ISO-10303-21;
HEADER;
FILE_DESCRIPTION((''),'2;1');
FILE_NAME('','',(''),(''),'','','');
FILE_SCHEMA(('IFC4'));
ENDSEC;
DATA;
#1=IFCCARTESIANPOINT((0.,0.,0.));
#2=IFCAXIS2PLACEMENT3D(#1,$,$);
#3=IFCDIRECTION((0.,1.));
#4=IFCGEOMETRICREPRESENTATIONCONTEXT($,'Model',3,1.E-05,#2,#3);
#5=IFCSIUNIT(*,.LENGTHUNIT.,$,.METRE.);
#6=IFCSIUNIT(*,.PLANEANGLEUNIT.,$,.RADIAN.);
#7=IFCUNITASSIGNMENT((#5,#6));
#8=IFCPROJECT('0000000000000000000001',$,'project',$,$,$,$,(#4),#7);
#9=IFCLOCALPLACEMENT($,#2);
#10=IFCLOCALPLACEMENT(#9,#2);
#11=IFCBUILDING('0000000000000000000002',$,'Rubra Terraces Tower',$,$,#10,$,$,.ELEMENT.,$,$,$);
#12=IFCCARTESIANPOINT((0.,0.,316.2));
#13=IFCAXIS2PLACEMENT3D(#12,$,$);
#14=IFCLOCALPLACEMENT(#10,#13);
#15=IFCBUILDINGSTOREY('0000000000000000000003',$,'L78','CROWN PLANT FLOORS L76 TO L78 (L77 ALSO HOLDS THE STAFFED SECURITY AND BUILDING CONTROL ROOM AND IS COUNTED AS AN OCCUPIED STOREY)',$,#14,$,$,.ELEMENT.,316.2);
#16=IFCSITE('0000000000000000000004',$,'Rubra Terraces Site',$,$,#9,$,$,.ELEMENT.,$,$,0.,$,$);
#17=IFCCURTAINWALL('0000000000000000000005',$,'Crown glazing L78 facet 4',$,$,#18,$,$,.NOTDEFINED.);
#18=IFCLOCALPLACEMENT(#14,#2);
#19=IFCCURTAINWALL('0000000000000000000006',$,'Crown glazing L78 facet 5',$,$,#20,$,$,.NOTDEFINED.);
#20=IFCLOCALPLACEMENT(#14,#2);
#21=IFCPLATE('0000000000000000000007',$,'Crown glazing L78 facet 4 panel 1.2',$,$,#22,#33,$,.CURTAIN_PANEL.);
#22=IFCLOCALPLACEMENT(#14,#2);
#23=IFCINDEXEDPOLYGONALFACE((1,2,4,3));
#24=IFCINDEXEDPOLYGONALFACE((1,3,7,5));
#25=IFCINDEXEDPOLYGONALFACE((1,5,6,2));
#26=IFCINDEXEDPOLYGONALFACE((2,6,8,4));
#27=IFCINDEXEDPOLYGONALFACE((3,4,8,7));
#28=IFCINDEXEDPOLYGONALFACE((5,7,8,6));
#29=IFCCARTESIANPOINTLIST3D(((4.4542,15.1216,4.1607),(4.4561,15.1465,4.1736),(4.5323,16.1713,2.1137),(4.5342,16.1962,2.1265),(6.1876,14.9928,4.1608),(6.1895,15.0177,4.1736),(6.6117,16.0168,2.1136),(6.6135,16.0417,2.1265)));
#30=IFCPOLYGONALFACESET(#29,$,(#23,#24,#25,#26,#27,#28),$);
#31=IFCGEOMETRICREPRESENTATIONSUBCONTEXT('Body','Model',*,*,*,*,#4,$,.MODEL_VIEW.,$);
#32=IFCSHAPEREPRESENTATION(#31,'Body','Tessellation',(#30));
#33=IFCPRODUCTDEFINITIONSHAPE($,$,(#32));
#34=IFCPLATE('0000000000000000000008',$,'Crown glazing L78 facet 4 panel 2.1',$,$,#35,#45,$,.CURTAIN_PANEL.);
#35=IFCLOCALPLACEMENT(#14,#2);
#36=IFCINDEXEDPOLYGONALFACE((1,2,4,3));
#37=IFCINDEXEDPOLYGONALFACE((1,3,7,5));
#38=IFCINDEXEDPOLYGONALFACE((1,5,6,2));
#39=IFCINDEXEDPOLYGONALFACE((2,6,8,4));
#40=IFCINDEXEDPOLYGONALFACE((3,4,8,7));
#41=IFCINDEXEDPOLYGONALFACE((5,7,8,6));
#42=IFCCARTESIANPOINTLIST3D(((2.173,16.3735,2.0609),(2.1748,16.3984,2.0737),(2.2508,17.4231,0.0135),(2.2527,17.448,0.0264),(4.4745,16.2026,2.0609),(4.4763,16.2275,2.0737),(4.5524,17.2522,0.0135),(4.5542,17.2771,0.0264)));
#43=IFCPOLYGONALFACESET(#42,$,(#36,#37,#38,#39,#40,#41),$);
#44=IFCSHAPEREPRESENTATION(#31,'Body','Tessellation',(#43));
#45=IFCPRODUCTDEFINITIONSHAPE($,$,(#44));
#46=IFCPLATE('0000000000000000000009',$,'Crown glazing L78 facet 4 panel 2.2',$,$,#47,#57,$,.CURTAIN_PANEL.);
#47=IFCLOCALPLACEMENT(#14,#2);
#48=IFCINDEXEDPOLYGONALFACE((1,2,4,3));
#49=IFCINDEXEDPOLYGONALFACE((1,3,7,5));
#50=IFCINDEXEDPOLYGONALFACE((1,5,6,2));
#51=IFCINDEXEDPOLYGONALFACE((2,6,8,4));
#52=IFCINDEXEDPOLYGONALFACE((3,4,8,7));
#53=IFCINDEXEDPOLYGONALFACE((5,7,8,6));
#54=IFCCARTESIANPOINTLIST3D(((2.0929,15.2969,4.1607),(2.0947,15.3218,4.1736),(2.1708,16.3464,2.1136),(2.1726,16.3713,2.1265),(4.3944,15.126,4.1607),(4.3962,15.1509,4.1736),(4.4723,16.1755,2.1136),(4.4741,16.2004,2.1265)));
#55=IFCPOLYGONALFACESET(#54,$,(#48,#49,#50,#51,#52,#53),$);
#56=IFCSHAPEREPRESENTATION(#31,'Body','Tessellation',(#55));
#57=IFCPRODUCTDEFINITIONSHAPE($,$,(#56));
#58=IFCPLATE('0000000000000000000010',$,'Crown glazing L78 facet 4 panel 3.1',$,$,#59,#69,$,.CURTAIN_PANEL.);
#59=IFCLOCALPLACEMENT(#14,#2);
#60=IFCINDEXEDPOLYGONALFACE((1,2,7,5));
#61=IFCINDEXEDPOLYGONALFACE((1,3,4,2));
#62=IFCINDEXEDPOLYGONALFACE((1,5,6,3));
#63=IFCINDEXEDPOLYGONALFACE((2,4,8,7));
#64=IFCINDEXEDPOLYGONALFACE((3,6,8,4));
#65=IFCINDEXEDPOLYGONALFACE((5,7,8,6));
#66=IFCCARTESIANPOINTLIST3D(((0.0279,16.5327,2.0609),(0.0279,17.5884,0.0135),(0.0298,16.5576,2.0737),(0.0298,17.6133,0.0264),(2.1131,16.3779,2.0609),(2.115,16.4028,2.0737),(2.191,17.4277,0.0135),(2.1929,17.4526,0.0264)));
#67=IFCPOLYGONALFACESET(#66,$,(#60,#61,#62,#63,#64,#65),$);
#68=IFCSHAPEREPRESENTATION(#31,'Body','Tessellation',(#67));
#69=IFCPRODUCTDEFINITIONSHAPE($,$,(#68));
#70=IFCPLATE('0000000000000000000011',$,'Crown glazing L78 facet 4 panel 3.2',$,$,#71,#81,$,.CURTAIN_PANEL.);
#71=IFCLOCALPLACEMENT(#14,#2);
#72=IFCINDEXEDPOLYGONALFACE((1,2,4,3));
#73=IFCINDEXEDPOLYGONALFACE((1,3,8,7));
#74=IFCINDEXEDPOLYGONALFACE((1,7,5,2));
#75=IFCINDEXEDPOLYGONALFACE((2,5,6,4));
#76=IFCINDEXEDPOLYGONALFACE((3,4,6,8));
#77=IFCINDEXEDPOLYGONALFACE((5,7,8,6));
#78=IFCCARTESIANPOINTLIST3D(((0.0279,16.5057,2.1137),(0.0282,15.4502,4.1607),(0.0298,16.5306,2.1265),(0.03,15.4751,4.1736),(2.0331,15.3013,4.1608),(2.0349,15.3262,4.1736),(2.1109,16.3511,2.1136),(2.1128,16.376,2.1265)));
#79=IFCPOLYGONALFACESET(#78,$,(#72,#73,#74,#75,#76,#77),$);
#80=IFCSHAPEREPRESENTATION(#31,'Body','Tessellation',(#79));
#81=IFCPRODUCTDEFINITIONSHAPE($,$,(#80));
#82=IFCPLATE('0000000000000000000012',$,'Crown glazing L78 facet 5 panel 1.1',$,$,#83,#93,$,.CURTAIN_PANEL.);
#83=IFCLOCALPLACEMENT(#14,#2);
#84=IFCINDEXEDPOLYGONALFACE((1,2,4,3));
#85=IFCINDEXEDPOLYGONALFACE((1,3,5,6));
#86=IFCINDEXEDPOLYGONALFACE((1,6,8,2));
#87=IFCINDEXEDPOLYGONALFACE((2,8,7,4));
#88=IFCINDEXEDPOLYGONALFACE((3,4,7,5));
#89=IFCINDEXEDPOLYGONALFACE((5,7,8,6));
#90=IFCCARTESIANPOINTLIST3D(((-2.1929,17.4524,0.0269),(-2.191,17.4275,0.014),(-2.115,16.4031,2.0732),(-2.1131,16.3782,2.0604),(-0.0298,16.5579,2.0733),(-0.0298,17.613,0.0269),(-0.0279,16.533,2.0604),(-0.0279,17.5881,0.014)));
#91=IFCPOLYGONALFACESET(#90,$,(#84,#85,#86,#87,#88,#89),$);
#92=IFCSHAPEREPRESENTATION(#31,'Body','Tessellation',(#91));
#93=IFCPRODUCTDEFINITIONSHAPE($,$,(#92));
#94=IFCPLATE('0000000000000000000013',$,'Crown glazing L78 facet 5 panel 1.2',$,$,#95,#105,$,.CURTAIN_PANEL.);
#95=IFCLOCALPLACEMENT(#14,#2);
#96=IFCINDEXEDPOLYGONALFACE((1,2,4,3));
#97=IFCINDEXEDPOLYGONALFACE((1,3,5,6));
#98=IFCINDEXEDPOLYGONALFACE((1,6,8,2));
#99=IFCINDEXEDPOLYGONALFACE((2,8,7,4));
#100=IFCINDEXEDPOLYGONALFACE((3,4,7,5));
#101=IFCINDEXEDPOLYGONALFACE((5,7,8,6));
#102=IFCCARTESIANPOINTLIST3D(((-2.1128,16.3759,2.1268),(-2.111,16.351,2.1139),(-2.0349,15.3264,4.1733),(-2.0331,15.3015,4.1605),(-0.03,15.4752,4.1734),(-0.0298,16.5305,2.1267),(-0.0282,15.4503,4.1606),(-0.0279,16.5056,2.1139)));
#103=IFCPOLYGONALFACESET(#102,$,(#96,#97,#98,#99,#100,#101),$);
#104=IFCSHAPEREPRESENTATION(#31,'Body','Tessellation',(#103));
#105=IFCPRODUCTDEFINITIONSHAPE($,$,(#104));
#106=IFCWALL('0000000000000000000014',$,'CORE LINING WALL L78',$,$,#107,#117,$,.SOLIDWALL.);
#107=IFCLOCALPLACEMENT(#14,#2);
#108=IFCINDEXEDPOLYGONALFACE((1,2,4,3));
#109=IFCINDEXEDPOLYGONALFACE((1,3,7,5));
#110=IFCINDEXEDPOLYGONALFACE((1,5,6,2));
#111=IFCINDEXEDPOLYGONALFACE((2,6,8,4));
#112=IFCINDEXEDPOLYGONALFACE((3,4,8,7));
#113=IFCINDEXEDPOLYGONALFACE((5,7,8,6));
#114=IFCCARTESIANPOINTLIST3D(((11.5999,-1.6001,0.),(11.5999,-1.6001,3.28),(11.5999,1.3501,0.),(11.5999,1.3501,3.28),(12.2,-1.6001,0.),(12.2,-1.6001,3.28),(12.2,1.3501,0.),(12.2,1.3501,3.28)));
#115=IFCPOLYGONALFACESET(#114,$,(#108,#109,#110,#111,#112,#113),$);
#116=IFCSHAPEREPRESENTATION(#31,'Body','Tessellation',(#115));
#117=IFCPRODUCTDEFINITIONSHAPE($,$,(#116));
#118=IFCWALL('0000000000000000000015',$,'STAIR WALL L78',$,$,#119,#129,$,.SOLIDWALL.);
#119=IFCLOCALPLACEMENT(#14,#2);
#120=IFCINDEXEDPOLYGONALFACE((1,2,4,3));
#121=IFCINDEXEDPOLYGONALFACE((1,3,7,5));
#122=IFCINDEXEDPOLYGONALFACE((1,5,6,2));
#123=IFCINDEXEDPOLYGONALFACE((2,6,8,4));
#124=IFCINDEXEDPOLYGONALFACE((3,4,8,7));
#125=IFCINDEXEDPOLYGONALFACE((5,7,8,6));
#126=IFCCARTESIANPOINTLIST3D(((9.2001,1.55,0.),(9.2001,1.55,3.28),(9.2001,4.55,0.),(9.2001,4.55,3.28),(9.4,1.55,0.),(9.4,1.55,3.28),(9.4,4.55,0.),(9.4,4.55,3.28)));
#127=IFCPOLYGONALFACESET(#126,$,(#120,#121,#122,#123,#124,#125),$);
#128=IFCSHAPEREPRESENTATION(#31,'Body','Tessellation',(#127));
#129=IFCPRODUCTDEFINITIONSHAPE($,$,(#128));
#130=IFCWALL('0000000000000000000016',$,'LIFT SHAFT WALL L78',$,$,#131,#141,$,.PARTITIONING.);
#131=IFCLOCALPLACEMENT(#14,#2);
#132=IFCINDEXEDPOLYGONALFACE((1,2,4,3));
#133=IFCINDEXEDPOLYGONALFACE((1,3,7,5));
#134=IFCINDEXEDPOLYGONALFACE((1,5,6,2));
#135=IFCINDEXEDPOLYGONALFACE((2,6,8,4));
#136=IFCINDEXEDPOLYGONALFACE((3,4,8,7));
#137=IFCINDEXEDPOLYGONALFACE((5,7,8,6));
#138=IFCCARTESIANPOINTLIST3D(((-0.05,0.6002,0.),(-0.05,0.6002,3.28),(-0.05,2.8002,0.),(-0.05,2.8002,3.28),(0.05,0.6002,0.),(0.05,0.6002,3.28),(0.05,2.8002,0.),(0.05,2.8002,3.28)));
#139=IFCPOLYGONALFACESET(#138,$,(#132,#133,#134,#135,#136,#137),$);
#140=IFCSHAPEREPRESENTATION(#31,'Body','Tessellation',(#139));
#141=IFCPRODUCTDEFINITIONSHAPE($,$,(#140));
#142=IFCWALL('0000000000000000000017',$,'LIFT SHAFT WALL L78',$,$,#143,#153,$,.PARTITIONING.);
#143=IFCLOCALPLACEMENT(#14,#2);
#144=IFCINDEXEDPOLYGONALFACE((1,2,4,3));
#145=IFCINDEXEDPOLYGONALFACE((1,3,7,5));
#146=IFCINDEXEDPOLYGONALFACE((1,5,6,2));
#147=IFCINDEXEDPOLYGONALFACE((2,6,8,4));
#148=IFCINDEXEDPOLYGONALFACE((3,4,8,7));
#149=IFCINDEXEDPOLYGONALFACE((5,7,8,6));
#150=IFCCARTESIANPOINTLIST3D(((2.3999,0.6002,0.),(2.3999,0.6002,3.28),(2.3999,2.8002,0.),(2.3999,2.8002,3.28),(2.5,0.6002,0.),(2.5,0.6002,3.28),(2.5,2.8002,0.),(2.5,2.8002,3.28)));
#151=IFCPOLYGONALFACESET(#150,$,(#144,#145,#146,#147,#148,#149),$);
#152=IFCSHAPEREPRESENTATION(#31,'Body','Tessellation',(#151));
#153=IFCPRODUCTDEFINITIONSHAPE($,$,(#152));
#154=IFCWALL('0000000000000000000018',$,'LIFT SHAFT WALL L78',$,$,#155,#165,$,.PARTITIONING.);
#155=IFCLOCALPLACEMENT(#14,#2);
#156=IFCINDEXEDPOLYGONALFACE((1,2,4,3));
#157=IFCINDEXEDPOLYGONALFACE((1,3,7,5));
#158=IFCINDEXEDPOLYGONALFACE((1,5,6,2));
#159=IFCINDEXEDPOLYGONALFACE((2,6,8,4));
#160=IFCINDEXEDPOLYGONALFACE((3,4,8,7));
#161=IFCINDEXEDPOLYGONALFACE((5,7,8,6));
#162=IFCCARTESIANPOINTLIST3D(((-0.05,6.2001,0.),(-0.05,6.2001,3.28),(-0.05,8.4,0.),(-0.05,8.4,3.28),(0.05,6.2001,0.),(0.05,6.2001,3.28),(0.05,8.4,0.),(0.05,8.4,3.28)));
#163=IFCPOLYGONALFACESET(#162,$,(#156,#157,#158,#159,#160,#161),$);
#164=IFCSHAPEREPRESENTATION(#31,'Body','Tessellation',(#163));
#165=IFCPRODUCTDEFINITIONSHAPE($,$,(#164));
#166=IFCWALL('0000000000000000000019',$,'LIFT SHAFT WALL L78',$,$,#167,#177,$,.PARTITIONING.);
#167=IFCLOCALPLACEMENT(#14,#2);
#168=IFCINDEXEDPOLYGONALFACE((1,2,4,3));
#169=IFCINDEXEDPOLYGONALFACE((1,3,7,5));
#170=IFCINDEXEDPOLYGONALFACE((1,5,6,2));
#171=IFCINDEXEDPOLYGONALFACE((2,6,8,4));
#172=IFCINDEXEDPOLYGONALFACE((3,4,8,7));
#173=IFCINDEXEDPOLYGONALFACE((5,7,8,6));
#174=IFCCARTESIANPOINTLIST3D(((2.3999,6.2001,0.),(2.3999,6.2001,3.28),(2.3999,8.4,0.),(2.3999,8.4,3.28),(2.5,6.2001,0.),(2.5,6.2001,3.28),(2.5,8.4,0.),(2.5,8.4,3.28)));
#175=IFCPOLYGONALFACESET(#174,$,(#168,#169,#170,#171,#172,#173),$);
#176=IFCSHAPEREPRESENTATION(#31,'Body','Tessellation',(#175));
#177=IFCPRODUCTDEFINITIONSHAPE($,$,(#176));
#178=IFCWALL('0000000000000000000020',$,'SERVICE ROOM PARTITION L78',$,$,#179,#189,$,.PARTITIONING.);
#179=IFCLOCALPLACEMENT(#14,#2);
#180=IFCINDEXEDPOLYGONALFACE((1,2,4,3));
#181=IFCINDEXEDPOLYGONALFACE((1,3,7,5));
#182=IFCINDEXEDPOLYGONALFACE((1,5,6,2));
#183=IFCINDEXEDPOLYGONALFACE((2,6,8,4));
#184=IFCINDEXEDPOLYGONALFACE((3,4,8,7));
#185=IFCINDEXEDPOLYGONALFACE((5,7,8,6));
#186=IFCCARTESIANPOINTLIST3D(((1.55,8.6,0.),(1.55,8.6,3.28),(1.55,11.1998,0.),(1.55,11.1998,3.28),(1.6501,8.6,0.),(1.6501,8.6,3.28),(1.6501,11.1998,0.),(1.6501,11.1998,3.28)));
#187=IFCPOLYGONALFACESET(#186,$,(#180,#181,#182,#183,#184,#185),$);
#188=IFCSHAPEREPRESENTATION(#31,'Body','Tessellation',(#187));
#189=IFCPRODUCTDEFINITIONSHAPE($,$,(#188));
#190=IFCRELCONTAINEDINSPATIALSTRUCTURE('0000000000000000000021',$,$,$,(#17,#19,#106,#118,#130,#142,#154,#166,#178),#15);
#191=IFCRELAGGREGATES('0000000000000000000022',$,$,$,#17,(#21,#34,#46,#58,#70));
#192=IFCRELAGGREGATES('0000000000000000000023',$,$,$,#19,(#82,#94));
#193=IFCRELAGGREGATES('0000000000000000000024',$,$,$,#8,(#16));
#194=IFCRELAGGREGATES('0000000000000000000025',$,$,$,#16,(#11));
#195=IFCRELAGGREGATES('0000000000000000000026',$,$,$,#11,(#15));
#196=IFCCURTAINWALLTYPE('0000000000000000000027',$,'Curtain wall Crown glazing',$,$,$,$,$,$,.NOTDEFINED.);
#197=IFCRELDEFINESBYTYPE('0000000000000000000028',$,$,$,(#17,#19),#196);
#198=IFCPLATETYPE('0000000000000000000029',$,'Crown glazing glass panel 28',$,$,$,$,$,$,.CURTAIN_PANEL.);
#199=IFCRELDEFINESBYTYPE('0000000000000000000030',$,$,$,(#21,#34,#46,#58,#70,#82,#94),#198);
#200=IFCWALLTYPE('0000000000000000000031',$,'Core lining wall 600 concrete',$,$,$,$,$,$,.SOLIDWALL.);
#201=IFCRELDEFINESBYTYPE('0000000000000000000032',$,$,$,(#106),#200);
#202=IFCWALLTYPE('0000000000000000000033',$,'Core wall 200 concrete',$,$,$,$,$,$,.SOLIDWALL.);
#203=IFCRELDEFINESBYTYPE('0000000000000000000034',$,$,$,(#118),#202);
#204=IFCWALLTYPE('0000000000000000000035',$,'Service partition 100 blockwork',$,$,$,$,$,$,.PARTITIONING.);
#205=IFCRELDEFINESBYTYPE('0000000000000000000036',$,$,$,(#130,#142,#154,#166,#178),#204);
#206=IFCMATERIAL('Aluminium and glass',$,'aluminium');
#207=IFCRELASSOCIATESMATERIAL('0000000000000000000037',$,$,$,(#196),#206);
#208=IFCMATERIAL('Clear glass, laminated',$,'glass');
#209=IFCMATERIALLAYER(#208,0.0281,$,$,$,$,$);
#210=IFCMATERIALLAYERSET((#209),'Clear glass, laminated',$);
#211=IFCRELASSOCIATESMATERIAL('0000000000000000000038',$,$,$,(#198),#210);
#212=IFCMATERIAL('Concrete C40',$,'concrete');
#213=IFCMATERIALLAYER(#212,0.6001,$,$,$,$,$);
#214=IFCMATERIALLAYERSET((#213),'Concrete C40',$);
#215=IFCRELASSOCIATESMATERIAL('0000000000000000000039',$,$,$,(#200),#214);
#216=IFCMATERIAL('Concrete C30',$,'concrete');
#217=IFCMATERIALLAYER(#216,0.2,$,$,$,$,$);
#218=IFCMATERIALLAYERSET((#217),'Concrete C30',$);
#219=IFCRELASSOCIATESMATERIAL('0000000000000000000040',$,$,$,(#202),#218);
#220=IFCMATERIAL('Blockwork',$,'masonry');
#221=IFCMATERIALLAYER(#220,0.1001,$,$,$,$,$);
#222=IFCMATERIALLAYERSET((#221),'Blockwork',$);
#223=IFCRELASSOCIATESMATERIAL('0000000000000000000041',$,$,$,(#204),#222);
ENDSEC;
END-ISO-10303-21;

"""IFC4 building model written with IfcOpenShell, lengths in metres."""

from ifc_helpers import new_model, si_unit, direction, frame, frame_2d, origin, place, context, subcontext, project, spatial, polyline, rectangle, outline, extrude, material, layer, layer_set, type_object, element, aggregate, save


model = new_model("IFC4")

# Units and contexts
model_context = context("Model", 3, precision=1e-05, world=origin(), true_north=direction((0.0, 1.0)))
body_context = subcontext(model_context, "Body", "Model", "MODEL_VIEW")
ifc_project = project(units=[si_unit("LENGTHUNIT", "METRE"), si_unit("PLANEANGLEUNIT", "RADIAN")], contexts=[model_context])

# Site, building, storey
site_placement = place(None, origin())
site = spatial("IfcSite", under=ifc_project, at=site_placement, Name="Rubra Terraces Site", CompositionType="ELEMENT", RefElevation=0.0)
building_placement = place(site_placement, origin())
building = spatial("IfcBuilding", under=site, at=building_placement, Name="Rubra Terraces Tower", CompositionType="ELEMENT")
storey_placement = place(building_placement, frame((0.0, 0.0, 316.2)))
storey = spatial("IfcBuildingStorey", under=building, at=storey_placement, Name="L78", Description="CROWN PLANT FLOORS L76 TO L78 (L77 ALSO HOLDS THE STAFFED SECURITY AND BUILDING CONTROL ROOM AND IS COUNTED AS AN OCCUPIED STOREY)", CompositionType="ELEMENT", Elevation=316.2)

# Curtain walls
ifc_material_1 = material(Name="Aluminium and glass", Category="aluminium")
curtain_wall_type = type_object("IfcCurtainWallType", Name="Curtain wall Crown glazing", PredefinedType="NOTDEFINED", material=ifc_material_1)
curtain_wall_1_placement = place(storey_placement, origin())
curtain_wall_1 = element("IfcCurtainWall", 1, at=curtain_wall_1_placement, inside=storey, type_object=curtain_wall_type, Name="Crown glazing L78 facet 4", PredefinedType="NOTDEFINED")
curtain_wall_2_placement = place(storey_placement, origin())
curtain_wall_2 = element("IfcCurtainWall", 2, at=curtain_wall_2_placement, inside=storey, type_object=curtain_wall_type, Name="Crown glazing L78 facet 5", PredefinedType="NOTDEFINED")

# Plates
ifc_material_2 = material(Name="Clear glass, laminated", Category="glass")
ifc_layer_1 = layer(ifc_material_2, 0.0281)
ifc_layer_set_1 = layer_set([ifc_layer_1], Name="Clear glass, laminated")
plate_type = type_object("IfcPlateType", Name="Crown glazing glass panel 28", PredefinedType="CURTAIN_PANEL", material=ifc_layer_set_1)
plate_1_placement = place(storey_placement, frame((6.6135, 16.0417, 2.1265), z_axis=(0.065876, 0.886878, 0.457284), x_axis=(-0.997254, 0.074059, 0.00003)))
plate_1 = element("IfcPlate", 3, at=plate_1_placement, type_object=plate_type, Name="Crown glazing L78 facet 4 panel 1.2", PredefinedType="CURTAIN_PANEL", context=body_context, shape_type="SweptSolid", body=[
    extrude(outline(polyline([(0.0, 0.0), (2.0851, 0.0), (2.0853, 2.3018), (0.3471, 2.3019), (0.0, 0.0)])), origin(), (0.0, 0.0, -1.0), 0.0281),
])
plate_2_placement = place(storey_placement, frame((4.5542, 17.2771, 0.0264), z_axis=(0.065859, 0.886931, 0.457182), x_axis=(-0.997254, 0.074051, 0.0)))
plate_2 = element("IfcPlate", 4, at=plate_2_placement, type_object=plate_type, Name="Crown glazing L78 facet 4 panel 2.1", PredefinedType="CURTAIN_PANEL", context=body_context, shape_type="SweptSolid", body=[
    extrude(outline(polyline([(0.0, 0.0), (2.3078, 0.0), (2.3078, 2.302), (-0.0001, 2.302), (0.0, 0.0)])), origin(), (0.0, 0.0, -1.0), 0.0281),
])
plate_3_placement = place(storey_placement, frame((4.4741, 16.2004, 2.1265), z_axis=(0.065857, 0.886909, 0.457225), x_axis=(-0.997254, 0.074051, 0.0)))
plate_3 = element("IfcPlate", 5, at=plate_3_placement, type_object=plate_type, Name="Crown glazing L78 facet 4 panel 2.2", PredefinedType="CURTAIN_PANEL", context=body_context, shape_type="SweptSolid", body=[
    extrude(outline(polyline([(0.0, 0.0), (2.3078, 0.0), (2.3078, 2.3018), (-0.0001, 2.3018), (0.0, 0.0)])), origin(), (0.0, 0.0, -1.0), 0.0281),
])
plate_4_placement = place(storey_placement, frame((2.1929, 17.4526, 0.0264), z_axis=(0.06585, 0.886882, 0.457279), x_axis=(-0.997255, 0.074048, -0.000007)))
plate_4 = element("IfcPlate", 6, at=plate_4_placement, type_object=plate_type, Name="Crown glazing L78 facet 4 panel 3.1", PredefinedType="CURTAIN_PANEL", context=body_context, shape_type="SweptSolid", body=[
    extrude(outline(polyline([(0.0, 0.0), (2.169, 0.0), (2.0909, 2.3022), (-0.0001, 2.3021), (0.0, 0.0)])), origin(), (0.0, 0.0, -1.0), 0.0281),
])
plate_5_placement = place(storey_placement, frame((2.1128, 16.376, 2.1265), z_axis=(0.065838, 0.886884, 0.457277), x_axis=(-0.997257, 0.074023, 0.000018)))
plate_5 = element("IfcPlate", 7, at=plate_5_placement, type_object=plate_type, Name="Crown glazing L78 facet 4 panel 3.2", PredefinedType="CURTAIN_PANEL", context=body_context, shape_type="SweptSolid", body=[
    extrude(outline(polyline([(0.0, 0.0), (2.0887, 0.0), (2.0104, 2.3018), (0.0, 2.3019), (0.0, 0.0)])), origin(), (0.0, 0.0, -1.0), 0.0281),
])
aggregate(curtain_wall_1, [plate_1, plate_2, plate_3, plate_4, plate_5])
plate_6_placement = place(storey_placement, frame((-0.0298, 17.613, 0.0269), z_axis=(-0.06585, 0.88688, 0.457284), x_axis=(-0.997255, -0.074048, 0.000007)))
plate_6 = element("IfcPlate", 8, at=plate_6_placement, type_object=plate_type, Name="Crown glazing L78 facet 5 panel 1.1", PredefinedType="CURTAIN_PANEL", context=body_context, shape_type="SweptSolid", body=[
    extrude(outline(polyline([(0.0, 0.0), (2.169, 0.0), (2.1691, 2.301), (0.0781, 2.3011), (0.0, 0.0)])), origin(), (0.0, 0.0, -1.0), 0.0281),
])
plate_7_placement = place(storey_placement, frame((-0.0298, 16.5305, 2.1267), z_axis=(-0.065838, 0.886883, 0.45728), x_axis=(-0.997255, -0.074047, 0.000029)))
plate_7 = element("IfcPlate", 9, at=plate_7_placement, type_object=plate_type, Name="Crown glazing L78 facet 5 panel 1.2", PredefinedType="CURTAIN_PANEL", context=body_context, shape_type="SweptSolid", body=[
    extrude(outline(polyline([(0.0, 0.0), (2.0888, 0.0), (2.0888, 2.3013), (0.0785, 2.3014), (0.0, 0.0)])), origin(), (0.0, 0.0, -1.0), 0.0281),
])
aggregate(curtain_wall_2, [plate_6, plate_7])

# Walls
ifc_material_3 = material(Name="Concrete C40", Category="concrete")
ifc_layer_2 = layer(ifc_material_3, 0.6001)
ifc_layer_set_2 = layer_set([ifc_layer_2], Name="Concrete C40")
wall_type_1 = type_object("IfcWallType", Name="Core lining wall 600 concrete", PredefinedType="SOLIDWALL", material=ifc_layer_set_2)
wall_1_placement = place(storey_placement, frame((11.8999, 1.3501, 0.0), z_axis=(0.0, 0.0, 1.0), x_axis=(0.0, -1.0, 0.0)))
element("IfcWall", 10, at=wall_1_placement, inside=storey, type_object=wall_type_1, Name="CORE LINING WALL L78", PredefinedType="SOLIDWALL", context=body_context, shape_type="SweptSolid", body=[
    extrude(rectangle(XDim=2.9502, YDim=0.6001, at=frame_2d((1.4751, 0.0))), origin(), (0.0, 0.0, 1.0), 3.28),
])
ifc_material_4 = material(Name="Concrete C30", Category="concrete")
ifc_layer_3 = layer(ifc_material_4, 0.2)
ifc_layer_set_3 = layer_set([ifc_layer_3], Name="Concrete C30")
wall_type_2 = type_object("IfcWallType", Name="Core wall 200 concrete", PredefinedType="SOLIDWALL", material=ifc_layer_set_3)
wall_2_placement = place(storey_placement, frame((9.3, 4.55, 0.0), z_axis=(0.0, 0.0, 1.0), x_axis=(0.0, -1.0, 0.0)))
element("IfcWall", 11, at=wall_2_placement, inside=storey, type_object=wall_type_2, Name="STAIR WALL L78", PredefinedType="SOLIDWALL", context=body_context, shape_type="SweptSolid", body=[
    extrude(rectangle(XDim=3.0, YDim=0.2, at=frame_2d((1.5, 0.0))), origin(), (0.0, 0.0, 1.0), 3.28),
])
ifc_material_5 = material(Name="Blockwork", Category="masonry")
ifc_layer_4 = layer(ifc_material_5, 0.1001)
ifc_layer_set_4 = layer_set([ifc_layer_4], Name="Blockwork")
wall_type_3 = type_object("IfcWallType", Name="Service partition 100 blockwork", PredefinedType="PARTITIONING", material=ifc_layer_set_4)
for number, where, z_axis, x_axis, name in (
    (12, (0.0, 0.6001, 0.0), (0.0, 0.0, 1.0), (0.0, 1.0, 0.0), "LIFT SHAFT WALL L78"),
    (13, (2.45, 0.6001, 0.0), (0.0, 0.0, 1.0), (0.0, 1.0, 0.0), "LIFT SHAFT WALL L78"),
    (14, (0.0, 6.2, 0.0), (0.0, 0.0, 1.0), (0.0, 1.0, 0.0), "LIFT SHAFT WALL L78"),
    (15, (2.45, 6.2, 0.0), (0.0, 0.0, 1.0), (0.0, 1.0, 0.0), "LIFT SHAFT WALL L78"),
):
    element("IfcWall", number, at=place(storey_placement, frame(where, z_axis=z_axis, x_axis=x_axis)), inside=storey, type_object=wall_type_3, Name=name, PredefinedType="PARTITIONING", context=body_context, shape_type="SweptSolid", body=[
        extrude(rectangle(XDim=2.2, YDim=0.1001, at=frame_2d((1.1001, 0.0))), origin(), (0.0, 0.0, 1.0), 3.28),
    ])
wall_3_placement = place(storey_placement, frame((1.6001, 8.6001, 0.0), z_axis=(0.0, 0.0, 1.0), x_axis=(0.0, 1.0, 0.0)))
element("IfcWall", 16, at=wall_3_placement, inside=storey, type_object=wall_type_3, Name="SERVICE ROOM PARTITION L78", PredefinedType="PARTITIONING", context=body_context, shape_type="SweptSolid", body=[
    extrude(rectangle(XDim=2.5999, YDim=0.1001, at=frame_2d((1.2998, 0.0))), origin(), (0.0, 0.0, 1.0), 3.28),
])

save(model, "model.ifc")
